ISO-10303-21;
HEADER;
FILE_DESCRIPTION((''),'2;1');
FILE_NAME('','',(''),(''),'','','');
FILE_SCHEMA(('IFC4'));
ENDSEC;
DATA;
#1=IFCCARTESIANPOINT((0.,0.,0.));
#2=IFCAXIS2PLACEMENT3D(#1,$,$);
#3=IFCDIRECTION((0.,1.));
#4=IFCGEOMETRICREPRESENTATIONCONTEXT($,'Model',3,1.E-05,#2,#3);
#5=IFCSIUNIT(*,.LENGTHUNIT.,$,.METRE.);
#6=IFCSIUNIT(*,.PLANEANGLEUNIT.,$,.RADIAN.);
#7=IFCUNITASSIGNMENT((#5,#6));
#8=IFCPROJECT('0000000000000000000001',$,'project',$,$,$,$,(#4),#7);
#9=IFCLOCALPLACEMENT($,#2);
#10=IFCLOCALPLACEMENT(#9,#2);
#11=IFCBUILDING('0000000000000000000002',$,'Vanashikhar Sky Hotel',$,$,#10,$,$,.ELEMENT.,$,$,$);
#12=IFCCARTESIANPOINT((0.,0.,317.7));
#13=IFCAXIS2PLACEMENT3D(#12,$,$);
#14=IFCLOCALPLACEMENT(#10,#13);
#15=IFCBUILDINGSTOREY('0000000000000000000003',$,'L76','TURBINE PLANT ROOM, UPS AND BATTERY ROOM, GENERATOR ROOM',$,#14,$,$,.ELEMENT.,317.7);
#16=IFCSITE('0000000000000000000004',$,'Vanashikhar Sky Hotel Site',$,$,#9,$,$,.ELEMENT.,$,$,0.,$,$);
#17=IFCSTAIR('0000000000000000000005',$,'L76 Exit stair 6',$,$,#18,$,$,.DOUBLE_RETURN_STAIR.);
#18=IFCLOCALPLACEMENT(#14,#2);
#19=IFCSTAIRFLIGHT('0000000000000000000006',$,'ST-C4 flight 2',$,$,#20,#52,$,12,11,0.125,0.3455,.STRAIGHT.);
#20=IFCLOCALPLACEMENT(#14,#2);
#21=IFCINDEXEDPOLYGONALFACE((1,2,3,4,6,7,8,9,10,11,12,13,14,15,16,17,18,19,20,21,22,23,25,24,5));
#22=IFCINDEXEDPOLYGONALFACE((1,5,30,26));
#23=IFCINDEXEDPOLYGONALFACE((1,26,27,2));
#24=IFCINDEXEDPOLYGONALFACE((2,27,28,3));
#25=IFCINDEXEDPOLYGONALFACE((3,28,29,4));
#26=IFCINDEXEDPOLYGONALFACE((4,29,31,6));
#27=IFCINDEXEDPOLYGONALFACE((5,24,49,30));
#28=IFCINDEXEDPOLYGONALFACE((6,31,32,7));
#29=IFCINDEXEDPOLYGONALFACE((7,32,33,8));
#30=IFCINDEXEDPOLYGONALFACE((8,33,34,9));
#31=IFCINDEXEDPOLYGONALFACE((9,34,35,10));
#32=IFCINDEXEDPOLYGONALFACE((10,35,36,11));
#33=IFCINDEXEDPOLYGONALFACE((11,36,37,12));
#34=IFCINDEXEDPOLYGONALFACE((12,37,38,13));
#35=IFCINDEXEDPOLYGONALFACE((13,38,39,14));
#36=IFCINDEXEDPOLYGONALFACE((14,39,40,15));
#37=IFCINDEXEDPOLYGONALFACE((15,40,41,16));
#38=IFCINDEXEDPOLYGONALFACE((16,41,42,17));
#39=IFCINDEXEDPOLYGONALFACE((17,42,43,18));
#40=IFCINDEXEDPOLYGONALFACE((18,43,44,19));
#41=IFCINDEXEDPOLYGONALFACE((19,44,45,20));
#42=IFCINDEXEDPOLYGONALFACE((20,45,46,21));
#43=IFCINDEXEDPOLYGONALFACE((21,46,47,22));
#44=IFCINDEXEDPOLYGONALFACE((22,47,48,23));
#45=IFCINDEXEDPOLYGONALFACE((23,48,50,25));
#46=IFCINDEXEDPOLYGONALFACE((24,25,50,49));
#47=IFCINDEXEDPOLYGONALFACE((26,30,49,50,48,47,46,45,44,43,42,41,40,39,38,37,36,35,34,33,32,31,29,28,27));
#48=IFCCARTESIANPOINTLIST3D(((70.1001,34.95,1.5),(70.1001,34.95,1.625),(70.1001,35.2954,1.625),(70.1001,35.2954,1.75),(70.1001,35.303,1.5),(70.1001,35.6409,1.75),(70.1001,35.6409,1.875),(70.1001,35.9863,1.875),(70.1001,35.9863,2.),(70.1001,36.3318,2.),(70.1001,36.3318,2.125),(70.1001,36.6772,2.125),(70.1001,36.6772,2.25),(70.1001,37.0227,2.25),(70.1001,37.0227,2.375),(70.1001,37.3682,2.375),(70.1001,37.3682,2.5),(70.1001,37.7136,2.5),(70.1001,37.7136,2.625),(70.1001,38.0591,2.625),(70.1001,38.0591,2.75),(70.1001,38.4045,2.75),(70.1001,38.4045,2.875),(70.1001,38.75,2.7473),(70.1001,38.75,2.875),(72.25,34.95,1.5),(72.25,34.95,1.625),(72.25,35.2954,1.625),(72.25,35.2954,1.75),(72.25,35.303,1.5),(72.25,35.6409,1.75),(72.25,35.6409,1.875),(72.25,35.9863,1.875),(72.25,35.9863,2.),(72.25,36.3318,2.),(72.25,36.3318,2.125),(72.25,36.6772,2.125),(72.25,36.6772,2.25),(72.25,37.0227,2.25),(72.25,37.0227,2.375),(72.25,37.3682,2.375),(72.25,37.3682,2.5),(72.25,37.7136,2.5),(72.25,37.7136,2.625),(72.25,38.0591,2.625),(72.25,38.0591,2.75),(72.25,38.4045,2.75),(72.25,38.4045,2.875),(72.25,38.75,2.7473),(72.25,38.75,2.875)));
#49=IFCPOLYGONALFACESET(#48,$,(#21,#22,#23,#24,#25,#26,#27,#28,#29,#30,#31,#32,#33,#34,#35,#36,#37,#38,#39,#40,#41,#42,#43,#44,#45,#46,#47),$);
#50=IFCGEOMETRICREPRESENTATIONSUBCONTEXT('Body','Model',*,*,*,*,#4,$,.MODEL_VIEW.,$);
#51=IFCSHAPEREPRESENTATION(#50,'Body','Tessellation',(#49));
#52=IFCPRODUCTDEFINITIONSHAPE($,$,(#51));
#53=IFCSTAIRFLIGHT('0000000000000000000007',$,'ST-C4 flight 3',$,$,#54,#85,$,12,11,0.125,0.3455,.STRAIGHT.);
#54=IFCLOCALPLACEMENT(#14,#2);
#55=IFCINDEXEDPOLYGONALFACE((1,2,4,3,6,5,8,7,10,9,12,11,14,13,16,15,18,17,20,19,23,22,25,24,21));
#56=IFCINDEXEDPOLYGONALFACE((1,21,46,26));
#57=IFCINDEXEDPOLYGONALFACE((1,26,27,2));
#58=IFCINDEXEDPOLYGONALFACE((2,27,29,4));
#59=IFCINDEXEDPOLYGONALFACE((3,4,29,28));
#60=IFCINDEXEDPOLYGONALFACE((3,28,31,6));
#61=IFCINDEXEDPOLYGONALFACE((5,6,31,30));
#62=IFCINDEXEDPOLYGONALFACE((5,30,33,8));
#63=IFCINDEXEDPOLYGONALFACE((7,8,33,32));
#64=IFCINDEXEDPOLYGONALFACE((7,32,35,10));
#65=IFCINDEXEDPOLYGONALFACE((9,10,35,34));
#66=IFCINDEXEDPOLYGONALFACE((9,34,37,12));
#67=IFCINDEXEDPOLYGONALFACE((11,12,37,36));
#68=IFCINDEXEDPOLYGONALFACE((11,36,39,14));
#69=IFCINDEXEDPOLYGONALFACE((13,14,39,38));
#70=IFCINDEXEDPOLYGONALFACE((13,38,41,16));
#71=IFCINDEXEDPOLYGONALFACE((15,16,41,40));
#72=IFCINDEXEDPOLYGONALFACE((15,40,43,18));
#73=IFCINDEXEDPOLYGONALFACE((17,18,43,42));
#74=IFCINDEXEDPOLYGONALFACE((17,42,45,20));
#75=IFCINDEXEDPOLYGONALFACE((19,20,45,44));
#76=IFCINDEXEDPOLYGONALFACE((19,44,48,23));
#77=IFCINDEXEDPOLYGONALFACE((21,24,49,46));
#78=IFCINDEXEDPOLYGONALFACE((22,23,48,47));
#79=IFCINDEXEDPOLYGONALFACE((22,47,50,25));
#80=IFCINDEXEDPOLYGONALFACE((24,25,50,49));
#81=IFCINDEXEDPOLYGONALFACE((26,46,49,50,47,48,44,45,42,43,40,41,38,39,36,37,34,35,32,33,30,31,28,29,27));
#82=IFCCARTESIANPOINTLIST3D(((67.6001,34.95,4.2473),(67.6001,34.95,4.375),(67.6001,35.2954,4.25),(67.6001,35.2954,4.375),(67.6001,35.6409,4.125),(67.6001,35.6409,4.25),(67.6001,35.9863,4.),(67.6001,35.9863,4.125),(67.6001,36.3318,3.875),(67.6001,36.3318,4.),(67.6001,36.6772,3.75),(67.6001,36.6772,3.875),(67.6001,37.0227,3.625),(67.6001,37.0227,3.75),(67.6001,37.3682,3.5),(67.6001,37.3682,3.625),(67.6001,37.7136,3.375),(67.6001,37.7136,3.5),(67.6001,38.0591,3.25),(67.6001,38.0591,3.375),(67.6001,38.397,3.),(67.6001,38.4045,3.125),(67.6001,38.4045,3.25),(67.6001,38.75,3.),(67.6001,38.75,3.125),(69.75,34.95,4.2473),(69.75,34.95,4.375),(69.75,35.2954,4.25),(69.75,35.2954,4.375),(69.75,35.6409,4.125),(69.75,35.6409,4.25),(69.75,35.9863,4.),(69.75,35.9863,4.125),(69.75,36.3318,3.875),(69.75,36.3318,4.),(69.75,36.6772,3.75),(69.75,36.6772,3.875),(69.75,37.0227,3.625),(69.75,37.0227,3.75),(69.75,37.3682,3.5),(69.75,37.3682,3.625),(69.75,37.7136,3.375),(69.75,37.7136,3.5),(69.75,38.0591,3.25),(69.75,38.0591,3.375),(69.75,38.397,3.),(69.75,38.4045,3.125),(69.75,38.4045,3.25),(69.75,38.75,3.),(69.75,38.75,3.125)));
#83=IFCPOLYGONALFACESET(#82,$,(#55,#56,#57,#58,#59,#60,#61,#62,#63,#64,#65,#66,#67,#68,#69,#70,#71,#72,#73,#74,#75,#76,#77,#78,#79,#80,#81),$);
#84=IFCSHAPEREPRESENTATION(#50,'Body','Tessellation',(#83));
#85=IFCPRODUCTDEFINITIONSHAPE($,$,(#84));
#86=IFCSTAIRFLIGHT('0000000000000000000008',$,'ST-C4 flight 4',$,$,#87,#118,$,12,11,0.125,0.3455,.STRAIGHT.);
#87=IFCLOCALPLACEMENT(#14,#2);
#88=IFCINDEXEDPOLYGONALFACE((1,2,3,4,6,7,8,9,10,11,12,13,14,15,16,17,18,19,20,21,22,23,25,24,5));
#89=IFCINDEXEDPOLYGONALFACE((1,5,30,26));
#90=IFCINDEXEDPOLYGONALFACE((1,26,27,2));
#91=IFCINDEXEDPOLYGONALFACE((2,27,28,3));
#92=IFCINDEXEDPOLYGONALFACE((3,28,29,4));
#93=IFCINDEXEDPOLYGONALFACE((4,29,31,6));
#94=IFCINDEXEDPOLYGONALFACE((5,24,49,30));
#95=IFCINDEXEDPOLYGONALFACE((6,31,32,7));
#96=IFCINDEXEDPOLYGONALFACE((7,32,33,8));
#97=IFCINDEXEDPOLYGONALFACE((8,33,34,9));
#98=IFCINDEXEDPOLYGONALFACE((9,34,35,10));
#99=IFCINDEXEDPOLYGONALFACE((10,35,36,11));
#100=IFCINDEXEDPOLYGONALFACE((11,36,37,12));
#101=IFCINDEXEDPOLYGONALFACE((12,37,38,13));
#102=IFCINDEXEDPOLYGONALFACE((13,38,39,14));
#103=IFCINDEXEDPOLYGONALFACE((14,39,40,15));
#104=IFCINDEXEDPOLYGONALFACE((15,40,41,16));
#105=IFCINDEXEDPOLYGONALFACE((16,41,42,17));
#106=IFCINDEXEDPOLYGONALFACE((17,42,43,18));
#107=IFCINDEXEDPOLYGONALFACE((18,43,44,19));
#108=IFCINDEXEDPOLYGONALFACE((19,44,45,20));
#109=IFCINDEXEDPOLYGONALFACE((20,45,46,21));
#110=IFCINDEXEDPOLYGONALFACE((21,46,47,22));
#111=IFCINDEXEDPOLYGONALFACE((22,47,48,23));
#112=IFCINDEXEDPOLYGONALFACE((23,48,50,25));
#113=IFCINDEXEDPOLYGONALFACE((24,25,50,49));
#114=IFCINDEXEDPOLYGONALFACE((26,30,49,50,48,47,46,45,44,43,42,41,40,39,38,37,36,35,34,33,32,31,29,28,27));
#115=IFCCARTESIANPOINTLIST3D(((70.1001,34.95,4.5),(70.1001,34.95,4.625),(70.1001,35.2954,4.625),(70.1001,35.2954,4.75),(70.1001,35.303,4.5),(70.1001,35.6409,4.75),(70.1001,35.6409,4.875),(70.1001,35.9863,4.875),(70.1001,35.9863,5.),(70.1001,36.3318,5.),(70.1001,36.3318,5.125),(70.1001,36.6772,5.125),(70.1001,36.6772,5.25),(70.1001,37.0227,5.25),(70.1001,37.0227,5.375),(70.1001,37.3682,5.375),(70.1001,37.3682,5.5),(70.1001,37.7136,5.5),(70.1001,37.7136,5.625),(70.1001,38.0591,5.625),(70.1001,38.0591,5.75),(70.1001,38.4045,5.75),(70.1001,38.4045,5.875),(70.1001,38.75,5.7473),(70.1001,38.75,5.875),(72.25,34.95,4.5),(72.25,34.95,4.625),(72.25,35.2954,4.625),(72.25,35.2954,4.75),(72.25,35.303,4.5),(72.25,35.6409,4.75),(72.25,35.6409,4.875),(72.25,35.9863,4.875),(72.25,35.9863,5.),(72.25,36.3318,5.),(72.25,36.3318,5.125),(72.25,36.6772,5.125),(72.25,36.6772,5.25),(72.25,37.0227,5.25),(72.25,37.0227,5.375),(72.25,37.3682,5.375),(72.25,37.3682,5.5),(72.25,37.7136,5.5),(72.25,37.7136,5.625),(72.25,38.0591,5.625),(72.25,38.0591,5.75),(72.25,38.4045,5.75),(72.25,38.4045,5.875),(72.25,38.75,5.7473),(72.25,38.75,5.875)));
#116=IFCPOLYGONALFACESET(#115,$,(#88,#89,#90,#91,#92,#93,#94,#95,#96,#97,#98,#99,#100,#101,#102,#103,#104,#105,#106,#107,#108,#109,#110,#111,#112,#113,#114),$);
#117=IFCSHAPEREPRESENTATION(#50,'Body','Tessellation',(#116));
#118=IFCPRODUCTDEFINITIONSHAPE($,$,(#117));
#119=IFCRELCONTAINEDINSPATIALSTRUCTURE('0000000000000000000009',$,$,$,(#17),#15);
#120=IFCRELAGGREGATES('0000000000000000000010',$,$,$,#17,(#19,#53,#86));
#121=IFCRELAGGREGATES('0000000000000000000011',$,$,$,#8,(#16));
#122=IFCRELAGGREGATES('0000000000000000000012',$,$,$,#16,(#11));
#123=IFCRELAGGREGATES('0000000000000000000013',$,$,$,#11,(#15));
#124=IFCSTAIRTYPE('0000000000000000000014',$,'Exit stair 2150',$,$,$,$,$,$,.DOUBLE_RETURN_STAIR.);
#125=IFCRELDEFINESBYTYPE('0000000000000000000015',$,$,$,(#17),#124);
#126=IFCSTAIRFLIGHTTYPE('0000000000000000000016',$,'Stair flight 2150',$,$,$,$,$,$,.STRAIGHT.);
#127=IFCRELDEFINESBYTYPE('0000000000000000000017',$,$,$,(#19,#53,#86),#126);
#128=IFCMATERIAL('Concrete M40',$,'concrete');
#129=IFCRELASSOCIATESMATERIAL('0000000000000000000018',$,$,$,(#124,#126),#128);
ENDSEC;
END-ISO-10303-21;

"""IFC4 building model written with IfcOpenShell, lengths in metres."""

from ifc_helpers import new_model, si_unit, direction, frame, origin, place, context, subcontext, project, spatial, polyline, outline, extrude, source, transform, mapped, material, type_object, element, aggregate, save


model = new_model("IFC4")

# Units and contexts
model_context = context("Model", 3, precision=1e-05, world=origin(), true_north=direction((0.0, 1.0)))
body_context = subcontext(model_context, "Body", "Model", "MODEL_VIEW")
ifc_project = project(units=[si_unit("LENGTHUNIT", "METRE"), si_unit("PLANEANGLEUNIT", "RADIAN")], contexts=[model_context])

# Site, building, storey
site_placement = place(None, origin())
site = spatial("IfcSite", under=ifc_project, at=site_placement, Name="Vanashikhar Sky Hotel Site", CompositionType="ELEMENT", RefElevation=0.0)
building_placement = place(site_placement, origin())
building = spatial("IfcBuilding", under=site, at=building_placement, Name="Vanashikhar Sky Hotel", CompositionType="ELEMENT")
storey_placement = place(building_placement, frame((0.0, 0.0, 317.7)))
storey = spatial("IfcBuildingStorey", under=building, at=storey_placement, Name="L76", Description="TURBINE PLANT ROOM, UPS AND BATTERY ROOM, GENERATOR ROOM", CompositionType="ELEMENT", Elevation=317.7)

# Shared definitions
ifc_material_1 = material(Name="Concrete M40", Category="concrete")

# Stair, stair flights
stair_type = type_object("IfcStairType", Name="Exit stair 2150", PredefinedType="DOUBLE_RETURN_STAIR", material=ifc_material_1)
stair_flight_type = type_object("IfcStairFlightType", Name="Stair flight 2150", PredefinedType="STRAIGHT", material=ifc_material_1)
shared_shape_1 = source(origin(), body_context, "Body", "SweptSolid", [
    extrude(outline(polyline([(0.0, 0.0), (0.0, 0.125), (0.3455, 0.125), (0.3455, 0.25), (0.6909, 0.25), (0.6909, 0.375), (1.0364, 0.375), (1.0364, 0.5), (1.3818, 0.5), (1.3818, 0.625), (1.7273, 0.625), (1.7273, 0.75), (2.0728, 0.75), (2.0728, 0.875), (2.4182, 0.875), (2.4182, 1.0), (2.7637, 1.0), (2.7637, 1.125), (3.1091, 1.125), (3.1091, 1.25), (3.4546, 1.25), (3.4546, 1.375), (3.8, 1.375), (3.8, 1.5), (3.8, 1.2473), (0.353, 0.0), (0.0, 0.0)])), frame((0.0, 1.075, 0.0), z_axis=(0.0, -1.0, 0.0), x_axis=(1.0, 0.0, 0.0)), (0.0, 0.0, 1.0), 2.1499),
])
stair_1_placement = place(storey_placement, origin())
stair_1 = element("IfcStair", 1, at=stair_1_placement, inside=storey, type_object=stair_type, Name="L76 Exit stair 6", PredefinedType="DOUBLE_RETURN_STAIR")
stair_flight_1_placement = place(storey_placement, frame((71.175, 34.95, 1.5), z_axis=(0.0, 0.0, 1.0), x_axis=(0.0, 1.0, 0.0)))
stair_flight_1 = element("IfcStairFlight", 2, at=stair_flight_1_placement, type_object=stair_flight_type, Name="ST-C4 flight 2", NumberOfRisers=12, NumberOfTreads=11, PredefinedType="STRAIGHT", RiserHeight=0.125, TreadLength=0.3455, context=body_context, shape_type="MappedRepresentation", body=[
    mapped(shared_shape_1, transform((0.0, 0.0, 0.0), scale=1.0)),
])
stair_flight_2_placement = place(storey_placement, frame((68.675, 38.75, 3.0), z_axis=(0.0, 0.0, 1.0), x_axis=(0.0, -1.0, 0.0)))
stair_flight_2 = element("IfcStairFlight", 3, at=stair_flight_2_placement, type_object=stair_flight_type, Name="ST-C4 flight 3", NumberOfRisers=12, NumberOfTreads=11, PredefinedType="STRAIGHT", RiserHeight=0.125, TreadLength=0.3455, context=body_context, shape_type="MappedRepresentation", body=[
    mapped(shared_shape_1, transform((0.0, 0.0, 0.0), scale=1.0)),
])
stair_flight_3_placement = place(storey_placement, frame((71.175, 34.95, 4.5), z_axis=(0.0, 0.0, 1.0), x_axis=(0.0, 1.0, 0.0)))
stair_flight_3 = element("IfcStairFlight", 4, at=stair_flight_3_placement, type_object=stair_flight_type, Name="ST-C4 flight 4", NumberOfRisers=12, NumberOfTreads=11, PredefinedType="STRAIGHT", RiserHeight=0.125, TreadLength=0.3455, context=body_context, shape_type="MappedRepresentation", body=[
    mapped(shared_shape_1, transform((0.0, 0.0, 0.0), scale=1.0)),
])
aggregate(stair_1, [stair_flight_1, stair_flight_2, stair_flight_3])

save(model, "model.ifc")
